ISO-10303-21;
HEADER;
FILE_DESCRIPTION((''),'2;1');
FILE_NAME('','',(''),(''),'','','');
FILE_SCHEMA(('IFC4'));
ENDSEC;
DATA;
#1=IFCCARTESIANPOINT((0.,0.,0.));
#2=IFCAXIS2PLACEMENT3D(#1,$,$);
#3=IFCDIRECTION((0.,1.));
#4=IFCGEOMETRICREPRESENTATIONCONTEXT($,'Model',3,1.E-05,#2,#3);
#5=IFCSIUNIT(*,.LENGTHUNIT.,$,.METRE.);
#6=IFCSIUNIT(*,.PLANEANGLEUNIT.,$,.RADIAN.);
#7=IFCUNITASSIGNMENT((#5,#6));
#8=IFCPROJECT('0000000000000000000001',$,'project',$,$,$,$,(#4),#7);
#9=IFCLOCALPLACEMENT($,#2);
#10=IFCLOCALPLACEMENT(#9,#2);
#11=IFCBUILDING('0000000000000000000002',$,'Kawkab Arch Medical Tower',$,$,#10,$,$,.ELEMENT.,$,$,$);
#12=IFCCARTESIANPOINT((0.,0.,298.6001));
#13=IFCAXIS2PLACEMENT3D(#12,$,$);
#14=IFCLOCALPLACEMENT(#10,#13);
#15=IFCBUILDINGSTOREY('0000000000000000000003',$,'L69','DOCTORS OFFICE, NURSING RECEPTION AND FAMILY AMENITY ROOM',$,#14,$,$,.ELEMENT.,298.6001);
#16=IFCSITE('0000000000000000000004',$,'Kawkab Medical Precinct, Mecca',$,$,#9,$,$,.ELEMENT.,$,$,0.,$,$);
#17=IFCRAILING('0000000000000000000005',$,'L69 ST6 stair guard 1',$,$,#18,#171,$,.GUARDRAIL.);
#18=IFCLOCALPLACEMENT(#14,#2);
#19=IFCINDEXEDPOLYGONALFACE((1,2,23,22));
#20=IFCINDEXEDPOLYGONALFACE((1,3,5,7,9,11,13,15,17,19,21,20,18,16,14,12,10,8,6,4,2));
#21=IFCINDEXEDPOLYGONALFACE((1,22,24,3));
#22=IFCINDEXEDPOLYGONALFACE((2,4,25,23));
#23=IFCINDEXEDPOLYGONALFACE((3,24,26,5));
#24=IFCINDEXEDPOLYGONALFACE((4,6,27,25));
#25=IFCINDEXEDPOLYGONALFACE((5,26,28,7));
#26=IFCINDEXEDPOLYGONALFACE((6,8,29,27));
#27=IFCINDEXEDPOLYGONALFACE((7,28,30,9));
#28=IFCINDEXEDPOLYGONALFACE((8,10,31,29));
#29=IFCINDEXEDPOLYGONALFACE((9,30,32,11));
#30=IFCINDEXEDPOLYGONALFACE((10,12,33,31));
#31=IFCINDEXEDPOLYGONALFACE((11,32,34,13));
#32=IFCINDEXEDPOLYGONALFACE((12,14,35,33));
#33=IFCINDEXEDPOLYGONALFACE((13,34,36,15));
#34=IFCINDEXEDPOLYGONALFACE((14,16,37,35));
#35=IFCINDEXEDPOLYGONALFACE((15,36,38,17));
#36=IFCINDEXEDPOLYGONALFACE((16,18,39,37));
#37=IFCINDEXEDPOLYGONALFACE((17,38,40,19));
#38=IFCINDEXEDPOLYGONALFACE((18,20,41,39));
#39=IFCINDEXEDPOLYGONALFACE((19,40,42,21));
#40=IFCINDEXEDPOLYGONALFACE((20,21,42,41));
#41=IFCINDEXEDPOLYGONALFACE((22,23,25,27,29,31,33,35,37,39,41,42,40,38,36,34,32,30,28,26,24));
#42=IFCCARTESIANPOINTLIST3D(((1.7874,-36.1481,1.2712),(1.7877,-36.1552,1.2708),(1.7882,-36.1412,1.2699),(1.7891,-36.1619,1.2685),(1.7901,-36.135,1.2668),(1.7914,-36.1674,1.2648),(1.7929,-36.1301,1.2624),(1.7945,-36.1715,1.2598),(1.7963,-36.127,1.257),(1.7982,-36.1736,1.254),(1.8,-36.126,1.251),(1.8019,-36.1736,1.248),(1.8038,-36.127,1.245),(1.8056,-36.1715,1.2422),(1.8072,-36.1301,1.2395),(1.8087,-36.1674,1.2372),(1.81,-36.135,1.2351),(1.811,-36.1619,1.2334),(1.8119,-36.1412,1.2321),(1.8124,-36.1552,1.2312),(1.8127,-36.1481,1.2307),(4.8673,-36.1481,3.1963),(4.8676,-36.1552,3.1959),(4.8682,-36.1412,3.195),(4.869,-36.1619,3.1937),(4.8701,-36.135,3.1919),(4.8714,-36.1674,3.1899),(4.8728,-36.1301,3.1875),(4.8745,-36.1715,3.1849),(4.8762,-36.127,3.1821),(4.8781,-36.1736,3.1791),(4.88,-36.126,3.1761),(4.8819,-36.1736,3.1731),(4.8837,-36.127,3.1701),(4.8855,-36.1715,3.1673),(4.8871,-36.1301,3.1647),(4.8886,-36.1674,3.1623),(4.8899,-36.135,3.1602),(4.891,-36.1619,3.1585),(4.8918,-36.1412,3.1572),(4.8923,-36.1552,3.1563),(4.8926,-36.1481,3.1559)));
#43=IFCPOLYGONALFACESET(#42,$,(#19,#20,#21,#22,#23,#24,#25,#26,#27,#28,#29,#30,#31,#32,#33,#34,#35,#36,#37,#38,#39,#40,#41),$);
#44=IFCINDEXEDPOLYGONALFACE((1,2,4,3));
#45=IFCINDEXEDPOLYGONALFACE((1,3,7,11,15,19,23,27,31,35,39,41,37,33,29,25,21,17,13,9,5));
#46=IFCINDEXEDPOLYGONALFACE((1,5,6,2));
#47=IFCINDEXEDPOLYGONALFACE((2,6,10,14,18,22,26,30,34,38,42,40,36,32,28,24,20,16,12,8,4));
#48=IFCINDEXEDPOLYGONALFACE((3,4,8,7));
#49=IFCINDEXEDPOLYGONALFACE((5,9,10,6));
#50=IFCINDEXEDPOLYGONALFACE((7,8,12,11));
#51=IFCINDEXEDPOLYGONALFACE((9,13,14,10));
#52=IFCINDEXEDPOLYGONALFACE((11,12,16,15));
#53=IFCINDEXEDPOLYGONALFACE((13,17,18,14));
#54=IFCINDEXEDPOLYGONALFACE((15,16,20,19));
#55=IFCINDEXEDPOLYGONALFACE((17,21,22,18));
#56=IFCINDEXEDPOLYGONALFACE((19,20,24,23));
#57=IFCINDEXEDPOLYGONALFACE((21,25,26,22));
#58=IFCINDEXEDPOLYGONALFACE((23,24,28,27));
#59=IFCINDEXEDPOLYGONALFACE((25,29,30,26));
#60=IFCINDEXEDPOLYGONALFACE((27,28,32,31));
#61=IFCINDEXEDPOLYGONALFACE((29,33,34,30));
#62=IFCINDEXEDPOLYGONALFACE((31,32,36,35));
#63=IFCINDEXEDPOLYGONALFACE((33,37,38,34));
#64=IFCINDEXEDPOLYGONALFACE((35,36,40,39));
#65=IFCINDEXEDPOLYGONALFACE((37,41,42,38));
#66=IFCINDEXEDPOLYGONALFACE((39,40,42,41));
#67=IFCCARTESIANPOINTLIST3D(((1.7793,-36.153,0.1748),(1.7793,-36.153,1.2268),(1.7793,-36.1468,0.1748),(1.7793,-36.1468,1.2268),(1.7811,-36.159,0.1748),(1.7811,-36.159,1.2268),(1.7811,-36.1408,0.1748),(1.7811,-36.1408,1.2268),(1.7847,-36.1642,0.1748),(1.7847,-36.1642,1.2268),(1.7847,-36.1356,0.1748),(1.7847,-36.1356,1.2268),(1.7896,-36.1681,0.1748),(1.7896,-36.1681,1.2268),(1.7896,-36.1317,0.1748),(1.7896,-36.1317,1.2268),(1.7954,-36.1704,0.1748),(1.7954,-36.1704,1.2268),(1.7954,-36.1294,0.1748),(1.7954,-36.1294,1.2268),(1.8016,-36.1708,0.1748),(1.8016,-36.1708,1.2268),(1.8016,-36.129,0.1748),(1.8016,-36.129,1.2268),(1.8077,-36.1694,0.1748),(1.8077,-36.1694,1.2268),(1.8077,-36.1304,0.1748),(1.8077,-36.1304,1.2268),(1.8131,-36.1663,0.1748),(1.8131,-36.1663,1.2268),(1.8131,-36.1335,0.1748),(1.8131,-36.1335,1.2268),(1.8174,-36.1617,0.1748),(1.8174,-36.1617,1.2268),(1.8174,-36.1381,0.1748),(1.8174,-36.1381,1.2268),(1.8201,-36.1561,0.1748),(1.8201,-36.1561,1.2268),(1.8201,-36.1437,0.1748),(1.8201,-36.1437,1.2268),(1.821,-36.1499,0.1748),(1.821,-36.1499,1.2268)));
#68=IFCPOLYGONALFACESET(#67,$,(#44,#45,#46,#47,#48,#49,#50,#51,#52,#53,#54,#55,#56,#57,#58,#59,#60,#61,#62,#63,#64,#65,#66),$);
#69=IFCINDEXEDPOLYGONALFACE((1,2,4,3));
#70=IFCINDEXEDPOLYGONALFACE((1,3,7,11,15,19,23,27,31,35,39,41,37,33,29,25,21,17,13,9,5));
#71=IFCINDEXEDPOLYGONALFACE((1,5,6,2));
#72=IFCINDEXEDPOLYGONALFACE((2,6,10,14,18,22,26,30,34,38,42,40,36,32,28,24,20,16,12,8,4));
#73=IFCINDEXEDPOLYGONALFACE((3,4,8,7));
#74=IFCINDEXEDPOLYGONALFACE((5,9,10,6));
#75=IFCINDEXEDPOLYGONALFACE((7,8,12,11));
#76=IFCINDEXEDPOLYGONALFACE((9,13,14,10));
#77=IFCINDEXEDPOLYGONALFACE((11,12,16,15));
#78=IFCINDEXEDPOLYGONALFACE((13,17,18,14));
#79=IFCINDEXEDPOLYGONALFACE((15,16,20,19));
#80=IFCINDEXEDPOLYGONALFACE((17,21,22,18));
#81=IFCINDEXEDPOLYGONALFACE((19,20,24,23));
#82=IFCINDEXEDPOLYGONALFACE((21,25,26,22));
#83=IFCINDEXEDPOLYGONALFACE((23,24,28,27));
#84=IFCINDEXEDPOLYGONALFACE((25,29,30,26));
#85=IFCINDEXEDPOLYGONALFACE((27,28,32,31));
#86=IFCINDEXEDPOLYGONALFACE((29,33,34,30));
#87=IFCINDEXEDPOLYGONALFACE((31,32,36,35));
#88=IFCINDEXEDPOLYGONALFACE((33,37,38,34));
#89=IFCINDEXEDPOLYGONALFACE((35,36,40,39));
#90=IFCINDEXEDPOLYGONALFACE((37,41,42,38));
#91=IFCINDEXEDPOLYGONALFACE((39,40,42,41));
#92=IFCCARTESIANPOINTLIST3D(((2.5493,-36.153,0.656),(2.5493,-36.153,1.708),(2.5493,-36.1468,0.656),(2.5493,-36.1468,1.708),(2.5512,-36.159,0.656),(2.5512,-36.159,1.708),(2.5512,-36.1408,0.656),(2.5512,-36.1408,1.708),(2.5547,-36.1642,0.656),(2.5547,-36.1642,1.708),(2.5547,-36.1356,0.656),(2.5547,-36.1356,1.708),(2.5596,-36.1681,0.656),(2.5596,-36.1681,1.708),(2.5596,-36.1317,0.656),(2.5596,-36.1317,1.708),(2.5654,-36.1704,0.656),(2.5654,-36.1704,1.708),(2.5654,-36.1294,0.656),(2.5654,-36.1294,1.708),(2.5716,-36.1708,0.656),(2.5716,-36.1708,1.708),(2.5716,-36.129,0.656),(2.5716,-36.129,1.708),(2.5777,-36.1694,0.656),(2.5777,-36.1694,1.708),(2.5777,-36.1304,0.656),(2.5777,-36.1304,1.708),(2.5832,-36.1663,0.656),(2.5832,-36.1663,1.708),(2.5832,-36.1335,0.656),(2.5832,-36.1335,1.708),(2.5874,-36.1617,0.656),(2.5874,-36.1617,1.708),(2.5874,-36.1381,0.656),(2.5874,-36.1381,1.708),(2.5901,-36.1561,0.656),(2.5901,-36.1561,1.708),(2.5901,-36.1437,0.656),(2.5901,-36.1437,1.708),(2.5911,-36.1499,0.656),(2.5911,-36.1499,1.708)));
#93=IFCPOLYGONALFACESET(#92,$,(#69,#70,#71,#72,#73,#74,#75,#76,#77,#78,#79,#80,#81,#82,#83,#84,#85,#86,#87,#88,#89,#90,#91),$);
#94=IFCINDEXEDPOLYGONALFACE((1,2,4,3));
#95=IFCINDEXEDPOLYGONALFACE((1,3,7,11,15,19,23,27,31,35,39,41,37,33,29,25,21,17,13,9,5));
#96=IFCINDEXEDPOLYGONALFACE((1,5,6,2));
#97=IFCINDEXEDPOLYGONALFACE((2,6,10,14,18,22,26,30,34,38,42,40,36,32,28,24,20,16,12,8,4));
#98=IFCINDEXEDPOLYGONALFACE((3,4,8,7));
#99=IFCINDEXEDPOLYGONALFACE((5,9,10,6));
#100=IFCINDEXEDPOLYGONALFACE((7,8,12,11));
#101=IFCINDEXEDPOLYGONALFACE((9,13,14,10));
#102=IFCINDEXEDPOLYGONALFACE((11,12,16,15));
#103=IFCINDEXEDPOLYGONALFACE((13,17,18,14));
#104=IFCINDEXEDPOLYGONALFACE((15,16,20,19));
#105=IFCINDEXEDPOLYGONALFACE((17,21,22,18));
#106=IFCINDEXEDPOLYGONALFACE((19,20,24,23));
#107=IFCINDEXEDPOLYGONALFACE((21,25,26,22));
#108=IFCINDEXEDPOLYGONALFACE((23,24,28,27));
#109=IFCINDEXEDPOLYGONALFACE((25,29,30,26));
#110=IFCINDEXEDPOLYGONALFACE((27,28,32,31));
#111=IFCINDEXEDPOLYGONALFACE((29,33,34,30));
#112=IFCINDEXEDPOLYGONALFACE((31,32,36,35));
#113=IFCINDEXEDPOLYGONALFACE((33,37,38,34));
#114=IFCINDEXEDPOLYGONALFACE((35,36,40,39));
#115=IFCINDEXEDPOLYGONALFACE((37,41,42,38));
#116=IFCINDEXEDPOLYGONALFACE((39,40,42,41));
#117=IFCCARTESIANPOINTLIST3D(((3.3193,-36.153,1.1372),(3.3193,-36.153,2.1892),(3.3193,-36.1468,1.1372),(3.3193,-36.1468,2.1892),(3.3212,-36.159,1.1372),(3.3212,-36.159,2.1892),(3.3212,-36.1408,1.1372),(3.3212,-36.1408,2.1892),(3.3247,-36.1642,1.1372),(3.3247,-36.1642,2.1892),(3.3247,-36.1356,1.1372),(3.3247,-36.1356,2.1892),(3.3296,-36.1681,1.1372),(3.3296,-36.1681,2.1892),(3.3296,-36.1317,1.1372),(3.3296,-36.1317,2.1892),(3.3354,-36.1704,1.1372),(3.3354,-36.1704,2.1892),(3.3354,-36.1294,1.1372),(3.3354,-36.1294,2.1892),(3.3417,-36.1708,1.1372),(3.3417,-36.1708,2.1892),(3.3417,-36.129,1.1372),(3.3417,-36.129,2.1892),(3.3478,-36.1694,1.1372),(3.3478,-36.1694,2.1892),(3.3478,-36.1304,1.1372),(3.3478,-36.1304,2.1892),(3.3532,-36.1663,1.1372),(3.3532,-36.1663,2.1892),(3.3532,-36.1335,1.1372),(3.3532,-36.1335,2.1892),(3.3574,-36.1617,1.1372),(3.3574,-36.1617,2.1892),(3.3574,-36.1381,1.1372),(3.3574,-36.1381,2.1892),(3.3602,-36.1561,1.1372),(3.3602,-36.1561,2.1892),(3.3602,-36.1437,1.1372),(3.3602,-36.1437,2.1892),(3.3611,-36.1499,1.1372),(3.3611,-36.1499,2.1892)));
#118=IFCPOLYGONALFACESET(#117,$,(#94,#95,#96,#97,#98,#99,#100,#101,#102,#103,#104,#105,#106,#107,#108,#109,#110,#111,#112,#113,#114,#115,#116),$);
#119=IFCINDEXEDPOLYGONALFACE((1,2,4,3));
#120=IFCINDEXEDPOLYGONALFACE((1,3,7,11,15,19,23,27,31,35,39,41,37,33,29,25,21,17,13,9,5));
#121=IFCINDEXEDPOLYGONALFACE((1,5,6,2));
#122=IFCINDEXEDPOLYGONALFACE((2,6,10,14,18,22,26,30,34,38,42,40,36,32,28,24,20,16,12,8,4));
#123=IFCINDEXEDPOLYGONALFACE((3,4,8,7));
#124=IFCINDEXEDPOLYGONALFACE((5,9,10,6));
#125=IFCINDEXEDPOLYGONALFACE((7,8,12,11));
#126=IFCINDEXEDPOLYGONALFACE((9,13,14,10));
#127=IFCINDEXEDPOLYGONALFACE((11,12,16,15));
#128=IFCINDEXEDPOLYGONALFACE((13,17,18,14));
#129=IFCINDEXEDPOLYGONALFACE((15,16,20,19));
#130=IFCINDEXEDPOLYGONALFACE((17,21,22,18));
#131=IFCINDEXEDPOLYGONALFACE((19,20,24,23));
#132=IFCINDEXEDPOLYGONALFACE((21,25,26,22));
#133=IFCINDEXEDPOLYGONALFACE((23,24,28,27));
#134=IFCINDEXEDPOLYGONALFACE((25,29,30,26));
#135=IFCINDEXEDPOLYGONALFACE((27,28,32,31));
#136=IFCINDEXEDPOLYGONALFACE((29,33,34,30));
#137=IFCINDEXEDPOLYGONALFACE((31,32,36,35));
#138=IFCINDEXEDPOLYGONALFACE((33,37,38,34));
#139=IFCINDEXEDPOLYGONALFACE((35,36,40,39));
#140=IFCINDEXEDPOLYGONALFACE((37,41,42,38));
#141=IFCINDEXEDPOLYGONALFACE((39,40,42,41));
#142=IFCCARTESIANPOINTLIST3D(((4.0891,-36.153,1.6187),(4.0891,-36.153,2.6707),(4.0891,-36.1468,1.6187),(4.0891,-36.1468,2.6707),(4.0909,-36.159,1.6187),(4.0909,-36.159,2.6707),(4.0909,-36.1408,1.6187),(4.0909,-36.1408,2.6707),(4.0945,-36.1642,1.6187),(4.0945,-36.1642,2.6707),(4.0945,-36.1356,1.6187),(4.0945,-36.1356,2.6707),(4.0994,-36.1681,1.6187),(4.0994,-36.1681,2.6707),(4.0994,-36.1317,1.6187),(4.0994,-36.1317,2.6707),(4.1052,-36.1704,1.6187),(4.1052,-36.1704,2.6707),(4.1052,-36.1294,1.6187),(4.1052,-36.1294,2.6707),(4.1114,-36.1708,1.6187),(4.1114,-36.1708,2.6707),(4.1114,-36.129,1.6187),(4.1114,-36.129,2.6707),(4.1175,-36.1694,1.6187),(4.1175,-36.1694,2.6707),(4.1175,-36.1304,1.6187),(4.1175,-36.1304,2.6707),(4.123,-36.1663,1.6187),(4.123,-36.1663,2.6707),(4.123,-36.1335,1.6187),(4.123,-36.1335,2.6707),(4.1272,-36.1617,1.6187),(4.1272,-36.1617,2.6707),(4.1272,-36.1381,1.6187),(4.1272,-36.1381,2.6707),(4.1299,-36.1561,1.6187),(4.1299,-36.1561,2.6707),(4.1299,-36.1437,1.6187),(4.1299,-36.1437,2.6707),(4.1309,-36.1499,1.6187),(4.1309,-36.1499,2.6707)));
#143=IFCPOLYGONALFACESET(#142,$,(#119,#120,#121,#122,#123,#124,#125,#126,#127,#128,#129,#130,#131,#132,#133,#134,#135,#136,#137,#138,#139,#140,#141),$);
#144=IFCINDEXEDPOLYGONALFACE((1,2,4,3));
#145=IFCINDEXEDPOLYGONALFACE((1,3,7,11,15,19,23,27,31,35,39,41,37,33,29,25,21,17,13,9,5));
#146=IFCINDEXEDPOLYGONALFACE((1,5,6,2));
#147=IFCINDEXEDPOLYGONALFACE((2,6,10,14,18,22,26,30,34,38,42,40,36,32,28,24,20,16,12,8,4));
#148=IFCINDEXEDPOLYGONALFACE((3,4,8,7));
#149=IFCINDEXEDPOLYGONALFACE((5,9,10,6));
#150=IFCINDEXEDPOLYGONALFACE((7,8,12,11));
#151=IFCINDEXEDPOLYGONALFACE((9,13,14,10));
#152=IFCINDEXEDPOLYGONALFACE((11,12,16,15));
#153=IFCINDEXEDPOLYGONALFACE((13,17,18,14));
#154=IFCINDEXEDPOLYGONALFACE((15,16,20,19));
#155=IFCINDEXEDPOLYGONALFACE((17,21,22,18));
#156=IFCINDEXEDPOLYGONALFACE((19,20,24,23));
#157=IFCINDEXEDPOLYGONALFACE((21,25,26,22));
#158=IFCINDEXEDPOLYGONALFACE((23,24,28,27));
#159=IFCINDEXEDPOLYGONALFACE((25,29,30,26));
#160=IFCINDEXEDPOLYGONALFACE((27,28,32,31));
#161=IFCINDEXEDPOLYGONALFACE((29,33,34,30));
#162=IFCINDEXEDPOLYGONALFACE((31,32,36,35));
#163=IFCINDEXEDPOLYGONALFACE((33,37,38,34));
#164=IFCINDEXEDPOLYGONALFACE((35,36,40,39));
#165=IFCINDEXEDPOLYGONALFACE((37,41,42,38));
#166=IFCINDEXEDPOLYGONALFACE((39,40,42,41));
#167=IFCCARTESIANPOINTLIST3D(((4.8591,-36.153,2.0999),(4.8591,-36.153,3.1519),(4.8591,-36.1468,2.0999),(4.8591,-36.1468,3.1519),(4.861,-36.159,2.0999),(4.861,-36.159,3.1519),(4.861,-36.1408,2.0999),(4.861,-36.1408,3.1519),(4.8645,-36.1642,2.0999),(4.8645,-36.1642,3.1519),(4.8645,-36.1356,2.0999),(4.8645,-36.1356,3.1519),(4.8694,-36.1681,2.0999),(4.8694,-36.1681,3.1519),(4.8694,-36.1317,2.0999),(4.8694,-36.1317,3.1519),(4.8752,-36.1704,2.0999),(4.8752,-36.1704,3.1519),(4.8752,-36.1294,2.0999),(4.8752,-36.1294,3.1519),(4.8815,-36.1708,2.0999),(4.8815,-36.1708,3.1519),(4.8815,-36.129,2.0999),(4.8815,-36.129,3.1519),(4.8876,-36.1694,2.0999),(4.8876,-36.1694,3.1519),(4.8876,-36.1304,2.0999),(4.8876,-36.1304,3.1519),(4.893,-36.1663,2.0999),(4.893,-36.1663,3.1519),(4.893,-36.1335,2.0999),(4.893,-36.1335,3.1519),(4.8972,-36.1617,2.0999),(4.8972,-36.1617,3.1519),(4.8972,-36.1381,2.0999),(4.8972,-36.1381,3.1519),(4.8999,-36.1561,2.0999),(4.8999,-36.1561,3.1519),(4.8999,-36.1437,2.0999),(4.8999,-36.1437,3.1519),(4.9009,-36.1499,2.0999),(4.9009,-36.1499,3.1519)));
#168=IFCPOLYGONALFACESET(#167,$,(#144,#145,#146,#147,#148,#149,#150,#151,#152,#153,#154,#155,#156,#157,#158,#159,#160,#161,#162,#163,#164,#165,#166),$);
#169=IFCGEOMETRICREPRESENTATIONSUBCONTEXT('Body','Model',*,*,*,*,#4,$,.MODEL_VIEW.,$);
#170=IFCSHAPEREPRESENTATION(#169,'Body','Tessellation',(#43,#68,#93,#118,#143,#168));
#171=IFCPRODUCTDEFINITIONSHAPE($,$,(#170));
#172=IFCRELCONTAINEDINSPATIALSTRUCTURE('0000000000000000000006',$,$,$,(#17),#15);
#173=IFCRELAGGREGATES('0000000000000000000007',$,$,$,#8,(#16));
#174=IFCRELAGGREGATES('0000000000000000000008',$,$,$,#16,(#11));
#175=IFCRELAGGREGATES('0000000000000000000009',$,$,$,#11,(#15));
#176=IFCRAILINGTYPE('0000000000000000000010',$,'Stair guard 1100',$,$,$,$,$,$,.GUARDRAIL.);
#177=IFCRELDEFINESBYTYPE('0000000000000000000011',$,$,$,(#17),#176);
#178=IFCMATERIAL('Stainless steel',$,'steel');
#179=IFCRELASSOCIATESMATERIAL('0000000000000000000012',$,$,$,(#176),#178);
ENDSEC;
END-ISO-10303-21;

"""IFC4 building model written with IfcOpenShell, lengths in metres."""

from ifc_helpers import new_model, si_unit, direction, frame, origin, origin_2d, place, context, subcontext, project, spatial, circle, extrude, material, type_object, element, save


model = new_model("IFC4")

# Units and contexts
model_context = context("Model", 3, precision=1e-05, world=origin(), true_north=direction((0.0, 1.0)))
body_context = subcontext(model_context, "Body", "Model", "MODEL_VIEW")
ifc_project = project(units=[si_unit("LENGTHUNIT", "METRE"), si_unit("PLANEANGLEUNIT", "RADIAN")], contexts=[model_context])

# Site, building, storey
site_placement = place(None, origin())
site = spatial("IfcSite", under=ifc_project, at=site_placement, Name="Kawkab Medical Precinct, Mecca", CompositionType="ELEMENT", RefElevation=0.0)
building_placement = place(site_placement, origin())
building = spatial("IfcBuilding", under=site, at=building_placement, Name="Kawkab Arch Medical Tower", CompositionType="ELEMENT")
storey_placement = place(building_placement, frame((0.0, 0.0, 298.6001)))
storey = spatial("IfcBuildingStorey", under=building, at=storey_placement, Name="L69", Description="DOCTORS OFFICE, NURSING RECEPTION AND FAMILY AMENITY ROOM", CompositionType="ELEMENT", Elevation=298.6001)

# Railing
ifc_material_1 = material(Name="Stainless steel", Category="steel")
railing_type_1 = type_object("IfcRailingType", Name="Stair guard 1100", PredefinedType="GUARDRAIL", material=ifc_material_1)
railing_1_placement = place(storey_placement, frame((1.8, -36.1499, 0.1748)))
element("IfcRailing", 1, at=railing_1_placement, inside=storey, type_object=railing_type_1, Name="L69 ST6 stair guard 1", PredefinedType="GUARDRAIL", context=body_context, shape_type="SweptSolid", body=[
    extrude(circle(Radius=0.0239, at=origin_2d()), frame((0.0, 0.0, 1.0762), z_axis=(0.847979, 0.0, 0.530029), x_axis=(0.0, 1.0, 0.0)), (0.0, 0.0, 1.0), 3.6321),
    extrude(circle(Radius=0.021, at=origin_2d()), origin(), (0.0, 0.0, 1.0), 1.052),
    extrude(circle(Radius=0.021, at=origin_2d()), frame((0.77, 0.0, 0.4812)), (0.0, 0.0, 1.0), 1.052),
    extrude(circle(Radius=0.021, at=origin_2d()), frame((1.54, 0.0, 0.9624)), (0.0, 0.0, 1.0), 1.052),
    extrude(circle(Radius=0.021, at=origin_2d()), frame((2.3098, 0.0, 1.4438)), (0.0, 0.0, 1.0), 1.052),
    extrude(circle(Radius=0.021, at=origin_2d()), frame((3.0798, 0.0, 1.925)), (0.0, 0.0, 1.0), 1.052),
])

save(model, "model.ifc")
